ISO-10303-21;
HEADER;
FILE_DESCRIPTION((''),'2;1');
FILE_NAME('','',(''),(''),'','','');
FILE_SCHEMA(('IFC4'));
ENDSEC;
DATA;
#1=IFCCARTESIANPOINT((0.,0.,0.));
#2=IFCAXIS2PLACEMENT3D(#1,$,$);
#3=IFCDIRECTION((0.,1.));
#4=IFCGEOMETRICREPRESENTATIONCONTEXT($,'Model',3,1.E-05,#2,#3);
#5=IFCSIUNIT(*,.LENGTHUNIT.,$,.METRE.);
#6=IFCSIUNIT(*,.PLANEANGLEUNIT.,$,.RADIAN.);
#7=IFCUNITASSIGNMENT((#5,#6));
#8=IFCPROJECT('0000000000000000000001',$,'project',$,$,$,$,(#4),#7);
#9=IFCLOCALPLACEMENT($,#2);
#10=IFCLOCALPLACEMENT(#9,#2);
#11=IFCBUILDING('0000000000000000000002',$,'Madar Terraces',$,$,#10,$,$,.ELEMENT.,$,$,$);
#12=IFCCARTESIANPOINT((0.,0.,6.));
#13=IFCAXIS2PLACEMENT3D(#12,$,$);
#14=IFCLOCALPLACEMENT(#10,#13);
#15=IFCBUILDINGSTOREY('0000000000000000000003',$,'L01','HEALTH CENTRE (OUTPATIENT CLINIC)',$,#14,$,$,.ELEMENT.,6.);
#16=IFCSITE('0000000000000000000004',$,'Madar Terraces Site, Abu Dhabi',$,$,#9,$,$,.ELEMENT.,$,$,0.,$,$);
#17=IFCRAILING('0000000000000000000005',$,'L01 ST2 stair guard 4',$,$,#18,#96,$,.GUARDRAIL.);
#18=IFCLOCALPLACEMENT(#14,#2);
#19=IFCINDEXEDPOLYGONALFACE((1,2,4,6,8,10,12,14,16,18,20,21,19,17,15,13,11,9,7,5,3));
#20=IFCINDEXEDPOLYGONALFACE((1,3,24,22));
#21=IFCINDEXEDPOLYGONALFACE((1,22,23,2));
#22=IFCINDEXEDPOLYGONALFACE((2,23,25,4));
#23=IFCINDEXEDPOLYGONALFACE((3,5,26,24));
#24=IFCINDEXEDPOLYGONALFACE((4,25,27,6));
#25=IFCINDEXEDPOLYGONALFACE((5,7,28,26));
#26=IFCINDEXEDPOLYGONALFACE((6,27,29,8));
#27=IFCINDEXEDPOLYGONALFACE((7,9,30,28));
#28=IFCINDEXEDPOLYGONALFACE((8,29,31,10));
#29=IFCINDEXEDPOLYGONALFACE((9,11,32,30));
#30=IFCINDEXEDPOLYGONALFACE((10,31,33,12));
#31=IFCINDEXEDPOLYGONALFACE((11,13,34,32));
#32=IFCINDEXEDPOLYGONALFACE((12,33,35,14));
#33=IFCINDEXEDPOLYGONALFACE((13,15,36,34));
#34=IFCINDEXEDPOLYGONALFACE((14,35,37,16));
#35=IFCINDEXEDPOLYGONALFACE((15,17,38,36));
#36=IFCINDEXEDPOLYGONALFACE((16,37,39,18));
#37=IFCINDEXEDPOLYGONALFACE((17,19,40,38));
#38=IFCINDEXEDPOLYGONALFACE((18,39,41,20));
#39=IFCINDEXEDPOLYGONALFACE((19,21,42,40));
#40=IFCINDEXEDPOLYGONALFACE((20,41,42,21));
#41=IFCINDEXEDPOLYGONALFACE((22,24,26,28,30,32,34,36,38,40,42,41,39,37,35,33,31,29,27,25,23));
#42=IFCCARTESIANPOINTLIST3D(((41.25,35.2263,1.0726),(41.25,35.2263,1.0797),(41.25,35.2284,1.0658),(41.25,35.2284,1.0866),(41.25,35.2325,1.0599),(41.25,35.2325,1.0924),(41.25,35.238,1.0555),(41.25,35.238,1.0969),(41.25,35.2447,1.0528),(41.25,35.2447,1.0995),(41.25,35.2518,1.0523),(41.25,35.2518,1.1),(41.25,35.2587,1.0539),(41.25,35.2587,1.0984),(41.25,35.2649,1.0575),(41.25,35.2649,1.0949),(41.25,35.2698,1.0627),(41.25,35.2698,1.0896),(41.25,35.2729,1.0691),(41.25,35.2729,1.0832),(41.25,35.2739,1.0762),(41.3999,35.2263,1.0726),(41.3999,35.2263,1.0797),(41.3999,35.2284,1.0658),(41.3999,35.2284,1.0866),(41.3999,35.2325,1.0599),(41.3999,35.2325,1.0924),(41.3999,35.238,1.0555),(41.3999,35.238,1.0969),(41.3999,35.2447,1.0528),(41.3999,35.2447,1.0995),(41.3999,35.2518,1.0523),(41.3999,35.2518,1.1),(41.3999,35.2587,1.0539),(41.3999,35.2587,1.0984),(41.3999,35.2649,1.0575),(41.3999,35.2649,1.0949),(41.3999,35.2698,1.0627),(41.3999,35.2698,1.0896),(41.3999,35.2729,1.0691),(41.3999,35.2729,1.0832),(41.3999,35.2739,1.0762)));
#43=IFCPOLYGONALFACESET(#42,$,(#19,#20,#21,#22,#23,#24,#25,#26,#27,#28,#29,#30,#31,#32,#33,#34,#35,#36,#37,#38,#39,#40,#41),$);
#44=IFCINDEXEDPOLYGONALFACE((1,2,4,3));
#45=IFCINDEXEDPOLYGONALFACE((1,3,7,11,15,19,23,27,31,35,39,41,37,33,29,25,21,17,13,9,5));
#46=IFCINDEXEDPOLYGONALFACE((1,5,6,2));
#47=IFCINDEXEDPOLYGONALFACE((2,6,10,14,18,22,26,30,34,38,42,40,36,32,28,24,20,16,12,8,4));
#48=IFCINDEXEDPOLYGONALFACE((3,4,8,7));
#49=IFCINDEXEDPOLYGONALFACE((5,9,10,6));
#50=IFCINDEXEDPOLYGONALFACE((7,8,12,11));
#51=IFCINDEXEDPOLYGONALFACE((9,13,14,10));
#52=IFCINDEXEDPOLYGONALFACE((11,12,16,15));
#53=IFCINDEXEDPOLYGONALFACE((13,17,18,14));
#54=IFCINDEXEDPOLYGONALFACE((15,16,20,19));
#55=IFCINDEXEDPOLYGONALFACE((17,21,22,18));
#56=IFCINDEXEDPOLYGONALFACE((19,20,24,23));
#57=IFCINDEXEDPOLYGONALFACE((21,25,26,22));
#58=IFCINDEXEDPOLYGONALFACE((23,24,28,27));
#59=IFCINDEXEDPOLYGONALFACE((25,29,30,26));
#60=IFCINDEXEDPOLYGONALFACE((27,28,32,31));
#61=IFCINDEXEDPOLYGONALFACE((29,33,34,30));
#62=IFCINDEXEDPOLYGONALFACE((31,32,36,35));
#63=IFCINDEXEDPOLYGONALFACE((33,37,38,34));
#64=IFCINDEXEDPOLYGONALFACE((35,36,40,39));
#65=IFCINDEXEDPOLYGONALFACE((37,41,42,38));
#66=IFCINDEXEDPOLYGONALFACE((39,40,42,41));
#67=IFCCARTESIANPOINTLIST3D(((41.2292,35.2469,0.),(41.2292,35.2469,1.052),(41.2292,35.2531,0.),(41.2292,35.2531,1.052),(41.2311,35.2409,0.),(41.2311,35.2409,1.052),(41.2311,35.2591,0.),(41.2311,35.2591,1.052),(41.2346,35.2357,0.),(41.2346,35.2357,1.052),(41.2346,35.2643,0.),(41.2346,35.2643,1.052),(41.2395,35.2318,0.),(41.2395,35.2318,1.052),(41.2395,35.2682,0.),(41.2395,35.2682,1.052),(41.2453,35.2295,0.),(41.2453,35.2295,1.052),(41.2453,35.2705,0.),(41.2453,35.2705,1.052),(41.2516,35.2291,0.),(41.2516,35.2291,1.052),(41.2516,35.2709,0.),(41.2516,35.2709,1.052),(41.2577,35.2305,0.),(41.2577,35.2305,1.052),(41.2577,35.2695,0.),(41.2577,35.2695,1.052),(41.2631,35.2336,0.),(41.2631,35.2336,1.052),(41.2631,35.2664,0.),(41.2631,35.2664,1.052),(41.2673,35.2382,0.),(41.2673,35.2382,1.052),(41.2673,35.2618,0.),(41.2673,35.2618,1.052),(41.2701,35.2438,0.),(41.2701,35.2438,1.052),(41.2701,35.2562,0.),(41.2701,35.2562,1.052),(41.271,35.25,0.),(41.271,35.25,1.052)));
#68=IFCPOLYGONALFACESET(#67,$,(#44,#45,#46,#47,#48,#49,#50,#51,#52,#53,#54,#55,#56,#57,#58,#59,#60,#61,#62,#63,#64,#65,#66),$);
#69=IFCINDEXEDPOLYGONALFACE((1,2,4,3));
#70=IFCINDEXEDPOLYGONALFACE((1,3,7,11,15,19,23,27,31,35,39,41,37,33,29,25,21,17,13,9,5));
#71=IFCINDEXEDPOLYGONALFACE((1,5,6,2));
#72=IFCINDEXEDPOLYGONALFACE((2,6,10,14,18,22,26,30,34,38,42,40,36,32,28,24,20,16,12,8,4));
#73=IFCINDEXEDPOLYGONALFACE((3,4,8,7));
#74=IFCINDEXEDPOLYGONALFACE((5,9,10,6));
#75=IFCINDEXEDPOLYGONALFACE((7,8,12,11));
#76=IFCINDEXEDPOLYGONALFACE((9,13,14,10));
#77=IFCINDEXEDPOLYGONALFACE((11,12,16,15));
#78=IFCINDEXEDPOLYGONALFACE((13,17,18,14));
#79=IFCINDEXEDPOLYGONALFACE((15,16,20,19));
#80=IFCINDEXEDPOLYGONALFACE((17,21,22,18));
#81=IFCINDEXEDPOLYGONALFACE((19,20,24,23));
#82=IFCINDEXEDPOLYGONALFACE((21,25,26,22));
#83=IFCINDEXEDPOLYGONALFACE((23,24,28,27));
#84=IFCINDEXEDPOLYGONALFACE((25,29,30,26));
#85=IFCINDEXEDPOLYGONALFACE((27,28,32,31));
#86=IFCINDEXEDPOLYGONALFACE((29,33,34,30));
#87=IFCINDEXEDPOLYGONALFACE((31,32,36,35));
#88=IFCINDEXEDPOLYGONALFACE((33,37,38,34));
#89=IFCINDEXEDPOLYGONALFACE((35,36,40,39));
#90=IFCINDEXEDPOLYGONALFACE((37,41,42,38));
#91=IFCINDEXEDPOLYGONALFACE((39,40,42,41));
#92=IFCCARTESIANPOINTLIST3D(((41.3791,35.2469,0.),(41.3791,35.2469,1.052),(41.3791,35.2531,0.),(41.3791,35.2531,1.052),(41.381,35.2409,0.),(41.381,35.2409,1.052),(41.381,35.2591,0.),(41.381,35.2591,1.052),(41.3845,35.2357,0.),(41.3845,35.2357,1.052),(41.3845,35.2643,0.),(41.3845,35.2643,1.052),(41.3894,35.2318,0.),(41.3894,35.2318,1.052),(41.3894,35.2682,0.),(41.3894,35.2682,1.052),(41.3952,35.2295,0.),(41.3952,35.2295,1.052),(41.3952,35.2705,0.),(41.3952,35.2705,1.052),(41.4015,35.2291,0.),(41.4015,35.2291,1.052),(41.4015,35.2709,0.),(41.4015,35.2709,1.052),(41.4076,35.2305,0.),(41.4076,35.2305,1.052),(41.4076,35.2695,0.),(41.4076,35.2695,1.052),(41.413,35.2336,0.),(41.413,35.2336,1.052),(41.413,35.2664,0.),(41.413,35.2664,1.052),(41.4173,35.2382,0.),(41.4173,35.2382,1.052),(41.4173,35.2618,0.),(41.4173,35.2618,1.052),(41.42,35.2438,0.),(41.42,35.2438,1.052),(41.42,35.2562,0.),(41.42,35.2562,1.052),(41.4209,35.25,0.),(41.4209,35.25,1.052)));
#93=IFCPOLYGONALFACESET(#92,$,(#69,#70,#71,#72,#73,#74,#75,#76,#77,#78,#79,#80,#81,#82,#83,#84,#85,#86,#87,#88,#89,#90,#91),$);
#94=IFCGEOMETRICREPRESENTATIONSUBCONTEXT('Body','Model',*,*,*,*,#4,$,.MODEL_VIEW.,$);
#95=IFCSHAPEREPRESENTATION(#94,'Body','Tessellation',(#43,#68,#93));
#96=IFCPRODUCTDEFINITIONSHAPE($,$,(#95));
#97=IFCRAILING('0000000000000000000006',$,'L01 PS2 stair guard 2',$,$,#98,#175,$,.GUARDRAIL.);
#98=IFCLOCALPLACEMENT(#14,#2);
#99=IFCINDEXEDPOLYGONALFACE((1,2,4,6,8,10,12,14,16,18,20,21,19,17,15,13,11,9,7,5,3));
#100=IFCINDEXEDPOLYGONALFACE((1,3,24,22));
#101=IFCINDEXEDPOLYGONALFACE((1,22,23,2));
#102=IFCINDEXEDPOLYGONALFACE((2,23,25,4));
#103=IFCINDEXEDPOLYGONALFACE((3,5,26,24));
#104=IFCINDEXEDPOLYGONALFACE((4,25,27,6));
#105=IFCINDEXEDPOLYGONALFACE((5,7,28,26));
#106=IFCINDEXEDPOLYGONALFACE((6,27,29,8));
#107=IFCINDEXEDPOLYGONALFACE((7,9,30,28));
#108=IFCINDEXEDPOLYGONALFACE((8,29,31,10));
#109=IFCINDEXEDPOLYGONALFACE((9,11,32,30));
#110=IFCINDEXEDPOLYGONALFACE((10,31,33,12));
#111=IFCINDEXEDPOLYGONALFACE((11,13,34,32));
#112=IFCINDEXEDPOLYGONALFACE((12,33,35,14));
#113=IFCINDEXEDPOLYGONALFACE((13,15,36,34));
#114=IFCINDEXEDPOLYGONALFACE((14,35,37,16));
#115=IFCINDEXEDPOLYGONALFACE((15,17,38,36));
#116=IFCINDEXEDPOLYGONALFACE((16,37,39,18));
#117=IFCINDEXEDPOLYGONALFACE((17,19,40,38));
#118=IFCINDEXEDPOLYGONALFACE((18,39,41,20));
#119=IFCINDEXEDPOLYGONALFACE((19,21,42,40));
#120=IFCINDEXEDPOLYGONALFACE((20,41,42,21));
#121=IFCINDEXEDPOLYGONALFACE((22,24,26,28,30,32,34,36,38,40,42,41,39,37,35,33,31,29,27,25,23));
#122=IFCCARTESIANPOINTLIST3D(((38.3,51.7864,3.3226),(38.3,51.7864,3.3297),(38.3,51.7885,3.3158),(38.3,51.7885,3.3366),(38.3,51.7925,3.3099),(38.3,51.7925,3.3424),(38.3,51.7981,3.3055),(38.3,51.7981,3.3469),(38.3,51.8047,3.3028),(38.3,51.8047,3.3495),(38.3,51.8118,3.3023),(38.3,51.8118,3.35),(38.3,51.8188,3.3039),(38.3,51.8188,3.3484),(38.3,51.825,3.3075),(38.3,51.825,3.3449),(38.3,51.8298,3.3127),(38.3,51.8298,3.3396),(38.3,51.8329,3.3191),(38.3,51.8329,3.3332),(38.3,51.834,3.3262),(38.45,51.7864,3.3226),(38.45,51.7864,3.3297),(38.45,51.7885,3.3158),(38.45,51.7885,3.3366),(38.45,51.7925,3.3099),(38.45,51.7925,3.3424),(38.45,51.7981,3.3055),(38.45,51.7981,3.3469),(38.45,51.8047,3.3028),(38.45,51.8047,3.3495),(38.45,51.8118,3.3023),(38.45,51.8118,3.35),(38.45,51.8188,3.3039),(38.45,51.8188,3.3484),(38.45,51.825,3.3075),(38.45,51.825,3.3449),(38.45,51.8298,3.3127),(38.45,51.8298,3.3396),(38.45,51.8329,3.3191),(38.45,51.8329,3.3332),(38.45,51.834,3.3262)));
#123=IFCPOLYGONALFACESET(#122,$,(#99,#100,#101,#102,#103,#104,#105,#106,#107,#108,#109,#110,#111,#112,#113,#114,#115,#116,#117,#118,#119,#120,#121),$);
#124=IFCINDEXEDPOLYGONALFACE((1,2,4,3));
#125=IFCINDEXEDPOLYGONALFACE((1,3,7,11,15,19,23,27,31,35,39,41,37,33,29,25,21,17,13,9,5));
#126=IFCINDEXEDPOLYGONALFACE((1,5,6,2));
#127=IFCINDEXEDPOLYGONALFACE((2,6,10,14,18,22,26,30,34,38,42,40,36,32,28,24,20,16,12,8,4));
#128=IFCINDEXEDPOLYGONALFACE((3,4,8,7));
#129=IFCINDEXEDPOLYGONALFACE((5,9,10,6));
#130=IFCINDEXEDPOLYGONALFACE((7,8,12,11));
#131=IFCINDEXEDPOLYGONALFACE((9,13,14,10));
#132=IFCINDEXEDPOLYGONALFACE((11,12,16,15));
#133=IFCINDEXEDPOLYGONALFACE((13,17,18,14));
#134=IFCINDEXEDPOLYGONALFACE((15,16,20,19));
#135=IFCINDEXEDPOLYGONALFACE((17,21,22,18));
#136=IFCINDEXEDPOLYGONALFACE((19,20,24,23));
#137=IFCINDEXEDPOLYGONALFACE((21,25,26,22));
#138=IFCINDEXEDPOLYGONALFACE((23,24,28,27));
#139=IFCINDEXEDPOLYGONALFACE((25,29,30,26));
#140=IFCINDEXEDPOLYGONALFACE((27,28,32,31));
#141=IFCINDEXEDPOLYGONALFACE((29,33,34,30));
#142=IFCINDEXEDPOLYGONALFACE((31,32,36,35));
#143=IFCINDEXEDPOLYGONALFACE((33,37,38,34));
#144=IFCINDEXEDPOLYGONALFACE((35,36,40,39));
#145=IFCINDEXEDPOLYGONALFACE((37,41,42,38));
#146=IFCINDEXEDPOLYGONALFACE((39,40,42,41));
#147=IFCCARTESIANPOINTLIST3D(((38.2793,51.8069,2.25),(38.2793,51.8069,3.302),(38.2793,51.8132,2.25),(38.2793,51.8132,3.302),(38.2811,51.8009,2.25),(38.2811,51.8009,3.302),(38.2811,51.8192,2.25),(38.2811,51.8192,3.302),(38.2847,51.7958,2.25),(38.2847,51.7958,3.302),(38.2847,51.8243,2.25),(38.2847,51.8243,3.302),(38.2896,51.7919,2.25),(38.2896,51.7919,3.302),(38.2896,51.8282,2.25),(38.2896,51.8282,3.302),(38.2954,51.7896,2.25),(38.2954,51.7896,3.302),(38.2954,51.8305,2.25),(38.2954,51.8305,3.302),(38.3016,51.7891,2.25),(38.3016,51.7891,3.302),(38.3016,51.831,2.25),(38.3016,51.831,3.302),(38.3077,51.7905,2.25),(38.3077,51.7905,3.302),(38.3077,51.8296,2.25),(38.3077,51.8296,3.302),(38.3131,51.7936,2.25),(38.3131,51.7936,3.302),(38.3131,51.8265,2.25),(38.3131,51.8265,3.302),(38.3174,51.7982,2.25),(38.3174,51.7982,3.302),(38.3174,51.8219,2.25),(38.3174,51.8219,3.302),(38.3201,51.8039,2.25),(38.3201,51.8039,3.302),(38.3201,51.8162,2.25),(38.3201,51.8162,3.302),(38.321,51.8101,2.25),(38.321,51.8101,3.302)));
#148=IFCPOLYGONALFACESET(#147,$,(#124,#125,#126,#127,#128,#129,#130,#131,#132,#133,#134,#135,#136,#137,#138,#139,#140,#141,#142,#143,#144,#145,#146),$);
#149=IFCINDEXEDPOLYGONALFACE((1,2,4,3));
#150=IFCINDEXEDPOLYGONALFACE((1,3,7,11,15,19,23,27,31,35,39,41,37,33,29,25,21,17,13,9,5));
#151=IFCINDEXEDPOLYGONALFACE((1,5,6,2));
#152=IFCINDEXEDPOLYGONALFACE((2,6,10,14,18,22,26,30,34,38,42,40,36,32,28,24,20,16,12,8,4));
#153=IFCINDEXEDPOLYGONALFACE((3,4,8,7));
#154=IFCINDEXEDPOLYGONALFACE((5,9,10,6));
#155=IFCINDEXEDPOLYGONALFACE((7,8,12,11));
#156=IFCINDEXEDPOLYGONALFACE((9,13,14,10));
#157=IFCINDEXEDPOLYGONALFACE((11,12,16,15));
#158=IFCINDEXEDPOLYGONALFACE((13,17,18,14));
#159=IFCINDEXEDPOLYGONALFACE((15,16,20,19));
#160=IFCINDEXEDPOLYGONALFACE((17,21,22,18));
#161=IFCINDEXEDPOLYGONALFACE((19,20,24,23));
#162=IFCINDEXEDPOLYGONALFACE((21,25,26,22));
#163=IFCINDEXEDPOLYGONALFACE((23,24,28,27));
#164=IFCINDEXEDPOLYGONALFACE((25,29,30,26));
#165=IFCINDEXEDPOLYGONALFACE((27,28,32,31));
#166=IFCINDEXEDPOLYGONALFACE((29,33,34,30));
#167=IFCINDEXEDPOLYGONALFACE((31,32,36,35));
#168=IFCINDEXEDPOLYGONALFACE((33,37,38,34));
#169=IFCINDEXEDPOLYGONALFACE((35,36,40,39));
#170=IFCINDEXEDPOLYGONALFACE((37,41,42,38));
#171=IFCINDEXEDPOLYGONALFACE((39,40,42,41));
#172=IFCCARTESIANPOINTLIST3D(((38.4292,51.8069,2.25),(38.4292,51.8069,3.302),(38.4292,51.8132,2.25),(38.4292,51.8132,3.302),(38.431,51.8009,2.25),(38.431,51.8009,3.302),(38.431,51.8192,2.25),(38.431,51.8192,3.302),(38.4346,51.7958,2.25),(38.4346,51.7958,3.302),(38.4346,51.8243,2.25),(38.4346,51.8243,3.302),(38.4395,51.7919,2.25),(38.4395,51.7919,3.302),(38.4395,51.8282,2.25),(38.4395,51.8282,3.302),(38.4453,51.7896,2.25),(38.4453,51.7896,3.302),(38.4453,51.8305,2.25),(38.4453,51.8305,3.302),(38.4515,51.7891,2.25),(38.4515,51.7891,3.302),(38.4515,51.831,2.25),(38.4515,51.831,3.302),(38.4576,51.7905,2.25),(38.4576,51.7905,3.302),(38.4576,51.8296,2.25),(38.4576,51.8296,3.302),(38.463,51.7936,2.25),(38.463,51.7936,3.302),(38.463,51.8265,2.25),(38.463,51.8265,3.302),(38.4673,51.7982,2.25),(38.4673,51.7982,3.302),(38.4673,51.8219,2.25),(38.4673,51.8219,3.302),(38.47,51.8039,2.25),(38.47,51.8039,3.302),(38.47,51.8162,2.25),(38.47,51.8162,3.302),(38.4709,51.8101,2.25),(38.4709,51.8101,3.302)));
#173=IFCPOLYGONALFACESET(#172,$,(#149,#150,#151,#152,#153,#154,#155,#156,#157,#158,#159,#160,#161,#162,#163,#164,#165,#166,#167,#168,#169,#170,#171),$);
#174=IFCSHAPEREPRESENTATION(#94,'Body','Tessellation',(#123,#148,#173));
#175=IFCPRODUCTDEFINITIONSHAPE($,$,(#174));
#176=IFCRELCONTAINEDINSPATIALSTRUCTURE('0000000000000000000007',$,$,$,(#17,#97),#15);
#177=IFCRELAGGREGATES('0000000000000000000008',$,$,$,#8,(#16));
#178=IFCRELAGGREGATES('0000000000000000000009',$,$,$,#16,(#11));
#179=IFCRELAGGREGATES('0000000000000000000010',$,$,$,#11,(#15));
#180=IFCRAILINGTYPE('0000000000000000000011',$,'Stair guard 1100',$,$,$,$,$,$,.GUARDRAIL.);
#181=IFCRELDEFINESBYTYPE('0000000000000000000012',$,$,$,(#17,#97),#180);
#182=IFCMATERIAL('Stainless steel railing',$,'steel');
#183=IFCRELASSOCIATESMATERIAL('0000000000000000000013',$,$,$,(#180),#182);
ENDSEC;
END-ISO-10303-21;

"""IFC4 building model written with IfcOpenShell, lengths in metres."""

from ifc_helpers import new_model, si_unit, direction, frame, origin, origin_2d, place, context, subcontext, project, spatial, circle, extrude, material, type_object, element, save


model = new_model("IFC4")

# Units and contexts
model_context = context("Model", 3, precision=1e-05, world=origin(), true_north=direction((0.0, 1.0)))
body_context = subcontext(model_context, "Body", "Model", "MODEL_VIEW")
ifc_project = project(units=[si_unit("LENGTHUNIT", "METRE"), si_unit("PLANEANGLEUNIT", "RADIAN")], contexts=[model_context])

# Site, building, storey
site_placement = place(None, origin())
site = spatial("IfcSite", under=ifc_project, at=site_placement, Name="Madar Terraces Site, Abu Dhabi", CompositionType="ELEMENT", RefElevation=0.0)
building_placement = place(site_placement, origin())
building = spatial("IfcBuilding", under=site, at=building_placement, Name="Madar Terraces", CompositionType="ELEMENT")
storey_placement = place(building_placement, frame((0.0, 0.0, 6.0)))
storey = spatial("IfcBuildingStorey", under=building, at=storey_placement, Name="L01", Description="HEALTH CENTRE (OUTPATIENT CLINIC)", CompositionType="ELEMENT", Elevation=6.0)

# Railings
ifc_material_1 = material(Name="Stainless steel railing", Category="steel")
railing_type_1 = type_object("IfcRailingType", Name="Stair guard 1100", PredefinedType="GUARDRAIL", material=ifc_material_1)
for number, where, name in (
    (1, (41.25, 35.25, 0.0), "L01 ST2 stair guard 4"),
    (2, (38.3, 51.8101, 2.25), "L01 PS2 stair guard 2"),
):
    element("IfcRailing", number, at=place(storey_placement, frame(where)), inside=storey, type_object=railing_type_1, Name=name, PredefinedType="GUARDRAIL", context=body_context, shape_type="SweptSolid", body=[
        extrude(circle(Radius=0.0239, at=origin_2d()), frame((0.0, 0.0, 1.0762), z_axis=(1.0, 0.0, 0.0), x_axis=(0.0, 1.0, 0.0)), (0.0, 0.0, 1.0), 0.1499),
        extrude(circle(Radius=0.021, at=origin_2d()), origin(), (0.0, 0.0, 1.0), 1.052),
        extrude(circle(Radius=0.021, at=origin_2d()), frame((0.1499, 0.0, 0.0)), (0.0, 0.0, 1.0), 1.052),
    ])

save(model, "model.ifc")
